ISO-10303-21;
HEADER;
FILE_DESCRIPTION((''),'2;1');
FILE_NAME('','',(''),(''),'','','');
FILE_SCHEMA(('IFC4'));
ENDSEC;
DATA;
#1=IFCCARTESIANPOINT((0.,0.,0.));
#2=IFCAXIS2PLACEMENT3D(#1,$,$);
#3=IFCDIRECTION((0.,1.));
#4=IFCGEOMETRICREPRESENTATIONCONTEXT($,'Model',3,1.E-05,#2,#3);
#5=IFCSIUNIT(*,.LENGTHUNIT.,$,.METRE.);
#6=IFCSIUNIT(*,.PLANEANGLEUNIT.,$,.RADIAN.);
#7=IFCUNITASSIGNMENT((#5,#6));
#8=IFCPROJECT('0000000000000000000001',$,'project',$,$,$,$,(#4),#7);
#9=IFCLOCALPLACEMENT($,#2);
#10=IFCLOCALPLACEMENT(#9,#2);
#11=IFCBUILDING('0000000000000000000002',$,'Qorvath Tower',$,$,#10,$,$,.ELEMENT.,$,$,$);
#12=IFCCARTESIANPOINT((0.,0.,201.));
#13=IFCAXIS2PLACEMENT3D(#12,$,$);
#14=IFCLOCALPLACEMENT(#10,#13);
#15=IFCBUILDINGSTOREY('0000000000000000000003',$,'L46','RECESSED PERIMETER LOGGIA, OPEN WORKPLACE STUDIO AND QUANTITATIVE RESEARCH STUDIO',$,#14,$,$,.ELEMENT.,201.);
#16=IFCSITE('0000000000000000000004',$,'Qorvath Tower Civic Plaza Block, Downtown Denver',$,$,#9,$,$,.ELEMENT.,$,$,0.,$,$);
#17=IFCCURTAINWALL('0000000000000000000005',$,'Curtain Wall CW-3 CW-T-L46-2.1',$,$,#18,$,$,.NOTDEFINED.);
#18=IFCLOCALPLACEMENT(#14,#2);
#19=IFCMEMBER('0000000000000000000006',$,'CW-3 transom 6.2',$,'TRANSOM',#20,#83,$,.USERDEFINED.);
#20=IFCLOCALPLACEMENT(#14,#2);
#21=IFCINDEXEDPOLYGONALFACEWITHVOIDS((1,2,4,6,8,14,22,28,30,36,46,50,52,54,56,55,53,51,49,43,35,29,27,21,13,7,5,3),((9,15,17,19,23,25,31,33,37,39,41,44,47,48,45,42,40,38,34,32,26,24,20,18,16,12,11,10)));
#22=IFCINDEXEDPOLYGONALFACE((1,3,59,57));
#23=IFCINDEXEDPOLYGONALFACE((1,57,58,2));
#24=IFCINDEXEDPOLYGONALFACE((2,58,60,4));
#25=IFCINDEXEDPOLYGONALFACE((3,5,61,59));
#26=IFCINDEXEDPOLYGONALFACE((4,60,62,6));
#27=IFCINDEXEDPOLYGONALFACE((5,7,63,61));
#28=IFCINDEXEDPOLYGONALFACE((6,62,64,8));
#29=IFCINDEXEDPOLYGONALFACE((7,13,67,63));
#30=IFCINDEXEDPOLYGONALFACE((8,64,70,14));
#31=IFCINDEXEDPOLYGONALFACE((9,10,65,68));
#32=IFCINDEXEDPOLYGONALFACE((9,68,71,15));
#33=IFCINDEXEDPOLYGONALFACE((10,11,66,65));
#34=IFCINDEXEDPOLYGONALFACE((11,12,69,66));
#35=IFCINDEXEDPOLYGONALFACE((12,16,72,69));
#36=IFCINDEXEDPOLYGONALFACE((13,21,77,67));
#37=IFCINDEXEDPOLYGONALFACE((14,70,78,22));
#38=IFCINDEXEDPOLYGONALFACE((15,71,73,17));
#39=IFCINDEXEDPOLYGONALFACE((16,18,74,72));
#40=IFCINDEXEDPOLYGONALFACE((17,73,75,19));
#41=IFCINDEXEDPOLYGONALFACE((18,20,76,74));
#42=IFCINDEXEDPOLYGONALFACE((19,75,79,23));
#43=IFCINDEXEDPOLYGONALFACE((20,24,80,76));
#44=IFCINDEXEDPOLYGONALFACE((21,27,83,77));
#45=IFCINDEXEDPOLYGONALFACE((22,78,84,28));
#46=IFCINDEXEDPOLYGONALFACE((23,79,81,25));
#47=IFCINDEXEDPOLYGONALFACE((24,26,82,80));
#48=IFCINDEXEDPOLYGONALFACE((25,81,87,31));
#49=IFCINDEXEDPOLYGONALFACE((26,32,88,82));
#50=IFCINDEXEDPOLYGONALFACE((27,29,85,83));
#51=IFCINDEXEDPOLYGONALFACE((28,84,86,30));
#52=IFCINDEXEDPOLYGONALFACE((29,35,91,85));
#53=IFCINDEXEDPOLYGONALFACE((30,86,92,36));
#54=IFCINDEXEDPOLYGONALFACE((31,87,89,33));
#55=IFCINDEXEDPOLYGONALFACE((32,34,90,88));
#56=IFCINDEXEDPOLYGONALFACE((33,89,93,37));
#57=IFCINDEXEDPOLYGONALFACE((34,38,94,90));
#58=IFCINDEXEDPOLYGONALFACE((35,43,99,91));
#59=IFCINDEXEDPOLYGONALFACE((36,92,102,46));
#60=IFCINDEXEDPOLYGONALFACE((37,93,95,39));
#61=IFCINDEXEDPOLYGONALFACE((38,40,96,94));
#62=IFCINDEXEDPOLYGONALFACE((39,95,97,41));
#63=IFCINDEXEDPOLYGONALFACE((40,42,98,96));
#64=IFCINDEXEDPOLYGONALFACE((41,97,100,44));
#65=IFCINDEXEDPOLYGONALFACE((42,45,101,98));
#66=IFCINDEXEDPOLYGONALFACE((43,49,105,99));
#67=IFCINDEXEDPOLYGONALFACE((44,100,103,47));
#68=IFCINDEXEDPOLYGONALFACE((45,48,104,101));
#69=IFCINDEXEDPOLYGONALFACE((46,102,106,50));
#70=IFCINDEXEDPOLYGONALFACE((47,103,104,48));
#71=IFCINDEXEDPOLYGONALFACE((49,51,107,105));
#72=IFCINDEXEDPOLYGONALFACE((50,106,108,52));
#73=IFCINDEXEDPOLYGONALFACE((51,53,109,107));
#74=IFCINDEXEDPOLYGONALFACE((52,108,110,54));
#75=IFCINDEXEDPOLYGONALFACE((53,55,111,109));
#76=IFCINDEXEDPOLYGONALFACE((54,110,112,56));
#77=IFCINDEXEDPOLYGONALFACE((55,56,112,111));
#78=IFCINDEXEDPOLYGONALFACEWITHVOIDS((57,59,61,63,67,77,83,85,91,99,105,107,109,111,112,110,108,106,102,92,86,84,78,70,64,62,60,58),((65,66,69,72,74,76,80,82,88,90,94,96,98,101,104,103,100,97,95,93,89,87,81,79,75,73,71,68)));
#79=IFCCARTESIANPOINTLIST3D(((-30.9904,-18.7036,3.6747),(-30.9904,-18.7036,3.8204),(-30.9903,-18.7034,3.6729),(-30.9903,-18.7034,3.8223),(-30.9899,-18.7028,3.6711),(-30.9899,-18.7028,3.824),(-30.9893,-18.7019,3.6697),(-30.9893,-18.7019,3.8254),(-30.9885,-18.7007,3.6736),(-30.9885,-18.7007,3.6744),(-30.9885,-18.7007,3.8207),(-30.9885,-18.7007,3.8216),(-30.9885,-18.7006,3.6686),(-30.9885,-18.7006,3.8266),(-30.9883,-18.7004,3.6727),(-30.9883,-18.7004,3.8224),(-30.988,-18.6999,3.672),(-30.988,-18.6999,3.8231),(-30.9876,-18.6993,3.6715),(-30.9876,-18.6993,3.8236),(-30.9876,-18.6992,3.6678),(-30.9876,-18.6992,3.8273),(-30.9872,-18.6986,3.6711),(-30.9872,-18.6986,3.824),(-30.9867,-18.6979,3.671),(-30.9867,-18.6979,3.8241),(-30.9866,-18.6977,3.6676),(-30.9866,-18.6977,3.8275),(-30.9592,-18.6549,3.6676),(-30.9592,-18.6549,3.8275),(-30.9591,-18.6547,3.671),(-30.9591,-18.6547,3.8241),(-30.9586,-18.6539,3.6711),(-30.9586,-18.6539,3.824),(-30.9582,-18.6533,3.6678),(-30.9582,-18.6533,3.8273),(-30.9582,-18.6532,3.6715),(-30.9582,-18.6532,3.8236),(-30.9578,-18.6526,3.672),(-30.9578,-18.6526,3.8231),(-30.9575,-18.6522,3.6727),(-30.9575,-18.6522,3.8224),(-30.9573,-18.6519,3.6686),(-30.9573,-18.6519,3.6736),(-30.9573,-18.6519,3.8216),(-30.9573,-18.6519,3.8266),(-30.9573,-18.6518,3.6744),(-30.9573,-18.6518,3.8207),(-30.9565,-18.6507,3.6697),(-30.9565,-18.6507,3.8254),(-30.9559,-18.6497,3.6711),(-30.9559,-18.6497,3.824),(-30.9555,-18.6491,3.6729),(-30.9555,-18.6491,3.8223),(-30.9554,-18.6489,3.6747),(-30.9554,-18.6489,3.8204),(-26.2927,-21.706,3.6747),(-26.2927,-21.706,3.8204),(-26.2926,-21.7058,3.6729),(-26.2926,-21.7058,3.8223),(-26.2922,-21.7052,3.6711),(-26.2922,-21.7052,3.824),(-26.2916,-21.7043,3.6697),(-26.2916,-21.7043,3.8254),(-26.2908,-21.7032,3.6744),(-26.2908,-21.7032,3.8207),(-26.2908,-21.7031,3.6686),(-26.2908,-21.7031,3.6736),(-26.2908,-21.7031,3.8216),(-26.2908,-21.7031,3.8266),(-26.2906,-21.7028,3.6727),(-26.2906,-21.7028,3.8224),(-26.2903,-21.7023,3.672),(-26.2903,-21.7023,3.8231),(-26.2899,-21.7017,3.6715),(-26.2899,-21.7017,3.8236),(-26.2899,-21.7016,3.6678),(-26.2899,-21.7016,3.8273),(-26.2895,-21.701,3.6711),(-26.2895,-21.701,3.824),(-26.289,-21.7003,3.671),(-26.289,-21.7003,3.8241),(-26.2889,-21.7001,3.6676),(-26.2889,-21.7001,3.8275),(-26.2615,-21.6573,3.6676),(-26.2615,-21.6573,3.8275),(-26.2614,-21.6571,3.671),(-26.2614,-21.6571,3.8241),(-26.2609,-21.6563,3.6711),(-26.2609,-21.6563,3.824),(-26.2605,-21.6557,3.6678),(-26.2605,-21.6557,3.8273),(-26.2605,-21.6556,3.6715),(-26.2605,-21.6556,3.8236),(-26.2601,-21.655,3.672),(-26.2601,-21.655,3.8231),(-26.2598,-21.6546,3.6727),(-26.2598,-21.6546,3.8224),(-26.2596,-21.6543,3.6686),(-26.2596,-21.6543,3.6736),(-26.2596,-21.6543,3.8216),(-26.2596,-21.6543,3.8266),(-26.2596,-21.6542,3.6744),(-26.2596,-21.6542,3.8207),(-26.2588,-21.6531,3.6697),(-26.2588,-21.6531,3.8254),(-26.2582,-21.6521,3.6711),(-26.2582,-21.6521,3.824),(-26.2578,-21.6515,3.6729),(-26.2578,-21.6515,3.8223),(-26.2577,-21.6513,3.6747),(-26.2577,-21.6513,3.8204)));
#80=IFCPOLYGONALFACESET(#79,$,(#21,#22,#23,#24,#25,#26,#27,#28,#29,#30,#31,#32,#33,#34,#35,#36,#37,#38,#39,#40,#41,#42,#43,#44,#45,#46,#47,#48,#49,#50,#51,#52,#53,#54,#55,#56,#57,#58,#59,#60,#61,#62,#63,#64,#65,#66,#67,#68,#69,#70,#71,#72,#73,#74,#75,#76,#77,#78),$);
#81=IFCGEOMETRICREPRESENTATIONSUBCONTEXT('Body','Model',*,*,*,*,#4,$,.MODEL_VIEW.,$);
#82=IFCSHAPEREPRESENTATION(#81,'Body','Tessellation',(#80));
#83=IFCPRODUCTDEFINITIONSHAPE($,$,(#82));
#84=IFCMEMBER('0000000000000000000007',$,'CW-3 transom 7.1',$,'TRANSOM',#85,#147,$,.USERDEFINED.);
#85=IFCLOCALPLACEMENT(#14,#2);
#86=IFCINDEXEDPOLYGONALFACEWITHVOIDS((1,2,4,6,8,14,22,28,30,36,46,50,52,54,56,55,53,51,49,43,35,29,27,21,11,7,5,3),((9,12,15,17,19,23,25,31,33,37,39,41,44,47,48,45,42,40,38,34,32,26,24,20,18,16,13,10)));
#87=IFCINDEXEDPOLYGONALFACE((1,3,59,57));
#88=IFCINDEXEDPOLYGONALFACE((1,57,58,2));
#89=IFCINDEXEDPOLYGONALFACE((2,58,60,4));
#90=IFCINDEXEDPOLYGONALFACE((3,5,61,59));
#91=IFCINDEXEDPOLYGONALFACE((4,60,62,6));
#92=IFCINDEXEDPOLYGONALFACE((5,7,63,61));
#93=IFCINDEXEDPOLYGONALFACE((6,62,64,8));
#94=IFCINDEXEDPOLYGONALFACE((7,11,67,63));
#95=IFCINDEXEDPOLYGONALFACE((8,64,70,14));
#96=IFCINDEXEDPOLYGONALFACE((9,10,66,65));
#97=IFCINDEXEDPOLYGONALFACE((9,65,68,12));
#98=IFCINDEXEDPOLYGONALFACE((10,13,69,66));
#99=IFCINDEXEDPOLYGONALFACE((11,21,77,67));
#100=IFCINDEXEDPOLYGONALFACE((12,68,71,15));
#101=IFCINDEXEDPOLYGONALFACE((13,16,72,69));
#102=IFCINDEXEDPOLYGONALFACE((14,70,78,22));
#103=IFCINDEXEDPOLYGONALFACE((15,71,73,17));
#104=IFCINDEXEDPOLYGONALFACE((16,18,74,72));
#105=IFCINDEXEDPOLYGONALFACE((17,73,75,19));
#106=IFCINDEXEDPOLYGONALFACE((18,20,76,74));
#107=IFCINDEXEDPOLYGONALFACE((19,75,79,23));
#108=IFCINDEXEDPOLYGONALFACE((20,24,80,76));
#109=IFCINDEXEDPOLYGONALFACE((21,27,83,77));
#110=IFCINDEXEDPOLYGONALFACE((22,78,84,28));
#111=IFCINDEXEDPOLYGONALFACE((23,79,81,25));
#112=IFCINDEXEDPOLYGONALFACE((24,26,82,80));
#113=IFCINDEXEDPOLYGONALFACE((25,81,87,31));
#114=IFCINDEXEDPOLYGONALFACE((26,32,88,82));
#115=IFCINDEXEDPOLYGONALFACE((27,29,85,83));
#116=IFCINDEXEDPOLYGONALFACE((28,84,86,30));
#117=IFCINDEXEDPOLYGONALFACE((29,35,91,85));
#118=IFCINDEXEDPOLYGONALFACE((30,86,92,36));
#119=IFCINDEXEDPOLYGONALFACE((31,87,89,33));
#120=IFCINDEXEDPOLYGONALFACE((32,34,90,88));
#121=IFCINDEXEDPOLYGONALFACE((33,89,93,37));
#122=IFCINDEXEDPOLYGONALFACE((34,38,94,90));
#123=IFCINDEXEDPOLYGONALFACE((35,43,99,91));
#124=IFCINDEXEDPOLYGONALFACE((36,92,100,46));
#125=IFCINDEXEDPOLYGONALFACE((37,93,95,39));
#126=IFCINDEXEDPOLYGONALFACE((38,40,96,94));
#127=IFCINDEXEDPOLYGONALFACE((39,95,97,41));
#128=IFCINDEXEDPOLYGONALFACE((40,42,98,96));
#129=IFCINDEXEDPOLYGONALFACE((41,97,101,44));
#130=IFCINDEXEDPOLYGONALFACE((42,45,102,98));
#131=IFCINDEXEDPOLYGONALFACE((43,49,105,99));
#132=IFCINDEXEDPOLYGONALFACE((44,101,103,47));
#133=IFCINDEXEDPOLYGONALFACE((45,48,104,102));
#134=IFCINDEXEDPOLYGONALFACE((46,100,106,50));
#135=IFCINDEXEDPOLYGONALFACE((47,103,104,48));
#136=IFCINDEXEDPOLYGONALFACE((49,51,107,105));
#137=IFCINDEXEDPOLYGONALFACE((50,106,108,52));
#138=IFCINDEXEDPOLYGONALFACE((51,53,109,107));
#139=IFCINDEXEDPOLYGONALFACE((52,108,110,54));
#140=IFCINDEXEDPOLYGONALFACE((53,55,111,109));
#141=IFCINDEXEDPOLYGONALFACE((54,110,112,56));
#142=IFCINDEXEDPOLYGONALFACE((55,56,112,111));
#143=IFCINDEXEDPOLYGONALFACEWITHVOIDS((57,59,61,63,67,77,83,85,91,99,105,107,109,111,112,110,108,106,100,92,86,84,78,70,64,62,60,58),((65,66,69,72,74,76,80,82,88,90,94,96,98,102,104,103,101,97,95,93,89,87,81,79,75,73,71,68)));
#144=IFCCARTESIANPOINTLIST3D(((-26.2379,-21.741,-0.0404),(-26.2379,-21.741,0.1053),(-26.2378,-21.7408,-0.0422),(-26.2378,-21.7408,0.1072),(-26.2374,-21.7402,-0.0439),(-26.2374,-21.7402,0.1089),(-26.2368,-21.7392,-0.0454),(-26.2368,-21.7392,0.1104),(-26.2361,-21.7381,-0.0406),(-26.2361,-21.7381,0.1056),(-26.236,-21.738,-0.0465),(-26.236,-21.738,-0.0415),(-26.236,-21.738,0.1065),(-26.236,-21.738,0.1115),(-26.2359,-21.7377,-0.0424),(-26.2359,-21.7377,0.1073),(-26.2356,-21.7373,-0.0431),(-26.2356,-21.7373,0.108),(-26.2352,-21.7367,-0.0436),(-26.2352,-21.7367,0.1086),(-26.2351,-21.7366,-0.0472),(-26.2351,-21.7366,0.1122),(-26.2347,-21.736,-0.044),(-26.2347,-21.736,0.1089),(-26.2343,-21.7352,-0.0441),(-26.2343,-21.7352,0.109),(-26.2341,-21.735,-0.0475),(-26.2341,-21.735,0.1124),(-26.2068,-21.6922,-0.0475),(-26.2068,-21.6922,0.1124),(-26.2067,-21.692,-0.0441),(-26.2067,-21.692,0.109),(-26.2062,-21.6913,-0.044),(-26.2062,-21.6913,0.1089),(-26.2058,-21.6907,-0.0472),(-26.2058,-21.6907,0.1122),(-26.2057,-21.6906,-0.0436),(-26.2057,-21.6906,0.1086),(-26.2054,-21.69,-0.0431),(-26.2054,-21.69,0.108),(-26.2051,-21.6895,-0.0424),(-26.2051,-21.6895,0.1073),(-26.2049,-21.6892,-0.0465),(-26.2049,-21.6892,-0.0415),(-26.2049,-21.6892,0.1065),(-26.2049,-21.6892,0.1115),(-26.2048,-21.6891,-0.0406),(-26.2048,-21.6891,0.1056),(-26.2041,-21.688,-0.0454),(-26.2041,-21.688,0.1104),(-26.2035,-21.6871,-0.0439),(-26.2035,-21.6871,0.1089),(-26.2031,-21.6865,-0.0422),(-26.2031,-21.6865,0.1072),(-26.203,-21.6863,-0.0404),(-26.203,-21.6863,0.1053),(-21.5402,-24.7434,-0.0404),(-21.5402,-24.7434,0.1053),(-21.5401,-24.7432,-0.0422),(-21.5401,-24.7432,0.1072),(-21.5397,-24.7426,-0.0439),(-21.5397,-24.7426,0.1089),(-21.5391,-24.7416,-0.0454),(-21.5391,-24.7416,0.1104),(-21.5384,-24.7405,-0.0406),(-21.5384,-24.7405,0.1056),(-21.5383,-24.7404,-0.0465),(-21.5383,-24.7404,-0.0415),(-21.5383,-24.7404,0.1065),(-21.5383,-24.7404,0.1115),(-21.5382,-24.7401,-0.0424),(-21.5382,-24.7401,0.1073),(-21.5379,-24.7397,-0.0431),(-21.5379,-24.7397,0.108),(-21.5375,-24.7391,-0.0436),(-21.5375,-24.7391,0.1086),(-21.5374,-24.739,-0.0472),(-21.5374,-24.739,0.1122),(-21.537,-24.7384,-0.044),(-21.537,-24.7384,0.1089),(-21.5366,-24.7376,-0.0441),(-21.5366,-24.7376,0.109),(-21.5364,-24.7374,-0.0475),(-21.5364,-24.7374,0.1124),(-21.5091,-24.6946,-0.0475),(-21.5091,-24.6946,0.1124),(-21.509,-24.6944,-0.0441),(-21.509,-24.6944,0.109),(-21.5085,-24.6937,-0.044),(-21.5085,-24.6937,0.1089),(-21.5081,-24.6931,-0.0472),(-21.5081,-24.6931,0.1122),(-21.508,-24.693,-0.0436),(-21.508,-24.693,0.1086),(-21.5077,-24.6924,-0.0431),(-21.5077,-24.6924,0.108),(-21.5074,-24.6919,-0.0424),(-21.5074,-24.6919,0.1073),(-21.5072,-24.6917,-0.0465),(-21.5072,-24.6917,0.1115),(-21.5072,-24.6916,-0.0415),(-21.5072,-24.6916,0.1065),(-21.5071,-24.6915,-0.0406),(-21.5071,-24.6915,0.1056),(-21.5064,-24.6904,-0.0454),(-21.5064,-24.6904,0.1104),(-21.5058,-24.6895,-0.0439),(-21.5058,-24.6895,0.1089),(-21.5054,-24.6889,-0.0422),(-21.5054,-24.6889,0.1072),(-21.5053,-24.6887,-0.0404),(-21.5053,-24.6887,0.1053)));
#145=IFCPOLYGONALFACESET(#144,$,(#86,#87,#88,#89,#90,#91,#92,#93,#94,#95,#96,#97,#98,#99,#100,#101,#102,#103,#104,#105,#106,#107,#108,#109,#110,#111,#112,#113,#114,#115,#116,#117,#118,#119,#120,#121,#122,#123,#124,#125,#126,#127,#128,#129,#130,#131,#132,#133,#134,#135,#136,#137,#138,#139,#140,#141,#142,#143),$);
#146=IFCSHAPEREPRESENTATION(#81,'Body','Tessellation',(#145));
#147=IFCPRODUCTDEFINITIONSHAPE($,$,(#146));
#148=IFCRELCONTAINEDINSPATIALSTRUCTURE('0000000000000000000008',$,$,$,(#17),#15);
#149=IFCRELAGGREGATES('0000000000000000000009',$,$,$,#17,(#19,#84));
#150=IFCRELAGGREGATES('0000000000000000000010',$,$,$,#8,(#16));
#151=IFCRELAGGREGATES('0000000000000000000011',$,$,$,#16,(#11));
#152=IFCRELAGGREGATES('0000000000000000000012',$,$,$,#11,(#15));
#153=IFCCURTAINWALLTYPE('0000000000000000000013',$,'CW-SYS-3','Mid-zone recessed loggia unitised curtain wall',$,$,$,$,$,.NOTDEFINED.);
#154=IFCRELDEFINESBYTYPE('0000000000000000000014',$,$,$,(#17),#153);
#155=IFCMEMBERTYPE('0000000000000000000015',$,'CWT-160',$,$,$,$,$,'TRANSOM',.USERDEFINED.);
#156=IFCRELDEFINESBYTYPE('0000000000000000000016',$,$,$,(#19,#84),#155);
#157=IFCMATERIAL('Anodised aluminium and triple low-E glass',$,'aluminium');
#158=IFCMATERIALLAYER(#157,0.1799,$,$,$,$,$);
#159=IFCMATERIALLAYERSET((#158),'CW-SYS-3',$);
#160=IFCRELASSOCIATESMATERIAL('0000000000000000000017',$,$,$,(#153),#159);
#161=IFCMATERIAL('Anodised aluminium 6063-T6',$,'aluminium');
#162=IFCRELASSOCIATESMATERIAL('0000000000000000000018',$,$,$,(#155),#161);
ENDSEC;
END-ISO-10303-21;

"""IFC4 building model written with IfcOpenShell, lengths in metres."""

from ifc_helpers import new_model, si_unit, direction, frame, origin, origin_2d, place, context, subcontext, project, spatial, hollow_rectangle, extrude, material, layer, layer_set, material_profile, profile_set, type_object, element, aggregate, save


model = new_model("IFC4")

# Units and contexts
model_context = context("Model", 3, precision=1e-05, world=origin(), true_north=direction((0.0, 1.0)))
body_context = subcontext(model_context, "Body", "Model", "MODEL_VIEW")
ifc_project = project(units=[si_unit("LENGTHUNIT", "METRE"), si_unit("PLANEANGLEUNIT", "RADIAN")], contexts=[model_context])

# Site, building, storey
site_placement = place(None, origin())
site = spatial("IfcSite", under=ifc_project, at=site_placement, Name="Qorvath Tower Civic Plaza Block, Downtown Denver", CompositionType="ELEMENT", RefElevation=0.0)
building_placement = place(site_placement, origin())
building = spatial("IfcBuilding", under=site, at=building_placement, Name="Qorvath Tower", CompositionType="ELEMENT")
storey_placement = place(building_placement, frame((0.0, 0.0, 201.0)))
storey = spatial("IfcBuildingStorey", under=building, at=storey_placement, Name="L46", Description="RECESSED PERIMETER LOGGIA, OPEN WORKPLACE STUDIO AND QUANTITATIVE RESEARCH STUDIO", CompositionType="ELEMENT", Elevation=201.0)

# Curtain wall, members
ifc_material_1 = material(Name="Anodised aluminium and triple low-E glass", Category="aluminium")
ifc_layer_1 = layer(ifc_material_1, 0.1799)
ifc_layer_set_1 = layer_set([ifc_layer_1], Name="CW-SYS-3")
curtain_wall_type = type_object("IfcCurtainWallType", Name="CW-SYS-3", Description="Mid-zone recessed loggia unitised curtain wall", PredefinedType="NOTDEFINED", material=ifc_layer_set_1)
curtain_wall_placement = place(storey_placement, origin())
curtain_wall = element("IfcCurtainWall", 1, at=curtain_wall_placement, inside=storey, type_object=curtain_wall_type, Name="Curtain Wall CW-3 CW-T-L46-2.1", PredefinedType="NOTDEFINED")
ifc_material_2 = material(Name="Anodised aluminium 6063-T6", Category="aluminium")
ifc_material_profile_1 = material_profile(ifc_material_2, hollow_rectangle(XDim=0.0649, YDim=0.1599, WallThickness=0.0034, InnerFilletRadius=0.0034, OuterFilletRadius=0.0071, at=origin_2d()), Name="CWT 160x65")
ifc_profile_set_1 = profile_set([ifc_material_profile_1], Name="Anodised aluminium 6063-T6")
member_type_1 = type_object("IfcMemberType", Name="CWT-160", ElementType="TRANSOM", PredefinedType="USERDEFINED", material=ifc_profile_set_1)
member_1_placement = place(storey_placement, frame((-30.9729, -18.6763, 3.7476), z_axis=(0.842607, -0.538529, 0.0), x_axis=(0.538529, 0.842607, 0.0)))
member_1 = element("IfcMember", 2, at=member_1_placement, type_object=member_type_1, Name="CW-3 transom 6.2", ObjectType="TRANSOM", PredefinedType="USERDEFINED", context=body_context, shape_type="SweptSolid", body=[
    extrude(hollow_rectangle(XDim=0.0649, YDim=0.1599, WallThickness=0.0034, InnerFilletRadius=0.0034, OuterFilletRadius=0.0071, at=origin_2d()), origin(), (0.0, 0.0, 1.0), 5.5752),
])
member_2_placement = place(storey_placement, frame((-26.2205, -21.7136, 0.0325), z_axis=(0.842607, -0.538529, 0.0), x_axis=(0.538529, 0.842607, 0.0)))
member_2 = element("IfcMember", 3, at=member_2_placement, type_object=member_type_1, Name="CW-3 transom 7.1", ObjectType="TRANSOM", PredefinedType="USERDEFINED", context=body_context, shape_type="SweptSolid", body=[
    extrude(hollow_rectangle(XDim=0.0649, YDim=0.1599, WallThickness=0.0034, InnerFilletRadius=0.0034, OuterFilletRadius=0.0071, at=origin_2d()), origin(), (0.0, 0.0, 1.0), 5.5752),
])
aggregate(curtain_wall, [member_1, member_2])

save(model, "model.ifc")
